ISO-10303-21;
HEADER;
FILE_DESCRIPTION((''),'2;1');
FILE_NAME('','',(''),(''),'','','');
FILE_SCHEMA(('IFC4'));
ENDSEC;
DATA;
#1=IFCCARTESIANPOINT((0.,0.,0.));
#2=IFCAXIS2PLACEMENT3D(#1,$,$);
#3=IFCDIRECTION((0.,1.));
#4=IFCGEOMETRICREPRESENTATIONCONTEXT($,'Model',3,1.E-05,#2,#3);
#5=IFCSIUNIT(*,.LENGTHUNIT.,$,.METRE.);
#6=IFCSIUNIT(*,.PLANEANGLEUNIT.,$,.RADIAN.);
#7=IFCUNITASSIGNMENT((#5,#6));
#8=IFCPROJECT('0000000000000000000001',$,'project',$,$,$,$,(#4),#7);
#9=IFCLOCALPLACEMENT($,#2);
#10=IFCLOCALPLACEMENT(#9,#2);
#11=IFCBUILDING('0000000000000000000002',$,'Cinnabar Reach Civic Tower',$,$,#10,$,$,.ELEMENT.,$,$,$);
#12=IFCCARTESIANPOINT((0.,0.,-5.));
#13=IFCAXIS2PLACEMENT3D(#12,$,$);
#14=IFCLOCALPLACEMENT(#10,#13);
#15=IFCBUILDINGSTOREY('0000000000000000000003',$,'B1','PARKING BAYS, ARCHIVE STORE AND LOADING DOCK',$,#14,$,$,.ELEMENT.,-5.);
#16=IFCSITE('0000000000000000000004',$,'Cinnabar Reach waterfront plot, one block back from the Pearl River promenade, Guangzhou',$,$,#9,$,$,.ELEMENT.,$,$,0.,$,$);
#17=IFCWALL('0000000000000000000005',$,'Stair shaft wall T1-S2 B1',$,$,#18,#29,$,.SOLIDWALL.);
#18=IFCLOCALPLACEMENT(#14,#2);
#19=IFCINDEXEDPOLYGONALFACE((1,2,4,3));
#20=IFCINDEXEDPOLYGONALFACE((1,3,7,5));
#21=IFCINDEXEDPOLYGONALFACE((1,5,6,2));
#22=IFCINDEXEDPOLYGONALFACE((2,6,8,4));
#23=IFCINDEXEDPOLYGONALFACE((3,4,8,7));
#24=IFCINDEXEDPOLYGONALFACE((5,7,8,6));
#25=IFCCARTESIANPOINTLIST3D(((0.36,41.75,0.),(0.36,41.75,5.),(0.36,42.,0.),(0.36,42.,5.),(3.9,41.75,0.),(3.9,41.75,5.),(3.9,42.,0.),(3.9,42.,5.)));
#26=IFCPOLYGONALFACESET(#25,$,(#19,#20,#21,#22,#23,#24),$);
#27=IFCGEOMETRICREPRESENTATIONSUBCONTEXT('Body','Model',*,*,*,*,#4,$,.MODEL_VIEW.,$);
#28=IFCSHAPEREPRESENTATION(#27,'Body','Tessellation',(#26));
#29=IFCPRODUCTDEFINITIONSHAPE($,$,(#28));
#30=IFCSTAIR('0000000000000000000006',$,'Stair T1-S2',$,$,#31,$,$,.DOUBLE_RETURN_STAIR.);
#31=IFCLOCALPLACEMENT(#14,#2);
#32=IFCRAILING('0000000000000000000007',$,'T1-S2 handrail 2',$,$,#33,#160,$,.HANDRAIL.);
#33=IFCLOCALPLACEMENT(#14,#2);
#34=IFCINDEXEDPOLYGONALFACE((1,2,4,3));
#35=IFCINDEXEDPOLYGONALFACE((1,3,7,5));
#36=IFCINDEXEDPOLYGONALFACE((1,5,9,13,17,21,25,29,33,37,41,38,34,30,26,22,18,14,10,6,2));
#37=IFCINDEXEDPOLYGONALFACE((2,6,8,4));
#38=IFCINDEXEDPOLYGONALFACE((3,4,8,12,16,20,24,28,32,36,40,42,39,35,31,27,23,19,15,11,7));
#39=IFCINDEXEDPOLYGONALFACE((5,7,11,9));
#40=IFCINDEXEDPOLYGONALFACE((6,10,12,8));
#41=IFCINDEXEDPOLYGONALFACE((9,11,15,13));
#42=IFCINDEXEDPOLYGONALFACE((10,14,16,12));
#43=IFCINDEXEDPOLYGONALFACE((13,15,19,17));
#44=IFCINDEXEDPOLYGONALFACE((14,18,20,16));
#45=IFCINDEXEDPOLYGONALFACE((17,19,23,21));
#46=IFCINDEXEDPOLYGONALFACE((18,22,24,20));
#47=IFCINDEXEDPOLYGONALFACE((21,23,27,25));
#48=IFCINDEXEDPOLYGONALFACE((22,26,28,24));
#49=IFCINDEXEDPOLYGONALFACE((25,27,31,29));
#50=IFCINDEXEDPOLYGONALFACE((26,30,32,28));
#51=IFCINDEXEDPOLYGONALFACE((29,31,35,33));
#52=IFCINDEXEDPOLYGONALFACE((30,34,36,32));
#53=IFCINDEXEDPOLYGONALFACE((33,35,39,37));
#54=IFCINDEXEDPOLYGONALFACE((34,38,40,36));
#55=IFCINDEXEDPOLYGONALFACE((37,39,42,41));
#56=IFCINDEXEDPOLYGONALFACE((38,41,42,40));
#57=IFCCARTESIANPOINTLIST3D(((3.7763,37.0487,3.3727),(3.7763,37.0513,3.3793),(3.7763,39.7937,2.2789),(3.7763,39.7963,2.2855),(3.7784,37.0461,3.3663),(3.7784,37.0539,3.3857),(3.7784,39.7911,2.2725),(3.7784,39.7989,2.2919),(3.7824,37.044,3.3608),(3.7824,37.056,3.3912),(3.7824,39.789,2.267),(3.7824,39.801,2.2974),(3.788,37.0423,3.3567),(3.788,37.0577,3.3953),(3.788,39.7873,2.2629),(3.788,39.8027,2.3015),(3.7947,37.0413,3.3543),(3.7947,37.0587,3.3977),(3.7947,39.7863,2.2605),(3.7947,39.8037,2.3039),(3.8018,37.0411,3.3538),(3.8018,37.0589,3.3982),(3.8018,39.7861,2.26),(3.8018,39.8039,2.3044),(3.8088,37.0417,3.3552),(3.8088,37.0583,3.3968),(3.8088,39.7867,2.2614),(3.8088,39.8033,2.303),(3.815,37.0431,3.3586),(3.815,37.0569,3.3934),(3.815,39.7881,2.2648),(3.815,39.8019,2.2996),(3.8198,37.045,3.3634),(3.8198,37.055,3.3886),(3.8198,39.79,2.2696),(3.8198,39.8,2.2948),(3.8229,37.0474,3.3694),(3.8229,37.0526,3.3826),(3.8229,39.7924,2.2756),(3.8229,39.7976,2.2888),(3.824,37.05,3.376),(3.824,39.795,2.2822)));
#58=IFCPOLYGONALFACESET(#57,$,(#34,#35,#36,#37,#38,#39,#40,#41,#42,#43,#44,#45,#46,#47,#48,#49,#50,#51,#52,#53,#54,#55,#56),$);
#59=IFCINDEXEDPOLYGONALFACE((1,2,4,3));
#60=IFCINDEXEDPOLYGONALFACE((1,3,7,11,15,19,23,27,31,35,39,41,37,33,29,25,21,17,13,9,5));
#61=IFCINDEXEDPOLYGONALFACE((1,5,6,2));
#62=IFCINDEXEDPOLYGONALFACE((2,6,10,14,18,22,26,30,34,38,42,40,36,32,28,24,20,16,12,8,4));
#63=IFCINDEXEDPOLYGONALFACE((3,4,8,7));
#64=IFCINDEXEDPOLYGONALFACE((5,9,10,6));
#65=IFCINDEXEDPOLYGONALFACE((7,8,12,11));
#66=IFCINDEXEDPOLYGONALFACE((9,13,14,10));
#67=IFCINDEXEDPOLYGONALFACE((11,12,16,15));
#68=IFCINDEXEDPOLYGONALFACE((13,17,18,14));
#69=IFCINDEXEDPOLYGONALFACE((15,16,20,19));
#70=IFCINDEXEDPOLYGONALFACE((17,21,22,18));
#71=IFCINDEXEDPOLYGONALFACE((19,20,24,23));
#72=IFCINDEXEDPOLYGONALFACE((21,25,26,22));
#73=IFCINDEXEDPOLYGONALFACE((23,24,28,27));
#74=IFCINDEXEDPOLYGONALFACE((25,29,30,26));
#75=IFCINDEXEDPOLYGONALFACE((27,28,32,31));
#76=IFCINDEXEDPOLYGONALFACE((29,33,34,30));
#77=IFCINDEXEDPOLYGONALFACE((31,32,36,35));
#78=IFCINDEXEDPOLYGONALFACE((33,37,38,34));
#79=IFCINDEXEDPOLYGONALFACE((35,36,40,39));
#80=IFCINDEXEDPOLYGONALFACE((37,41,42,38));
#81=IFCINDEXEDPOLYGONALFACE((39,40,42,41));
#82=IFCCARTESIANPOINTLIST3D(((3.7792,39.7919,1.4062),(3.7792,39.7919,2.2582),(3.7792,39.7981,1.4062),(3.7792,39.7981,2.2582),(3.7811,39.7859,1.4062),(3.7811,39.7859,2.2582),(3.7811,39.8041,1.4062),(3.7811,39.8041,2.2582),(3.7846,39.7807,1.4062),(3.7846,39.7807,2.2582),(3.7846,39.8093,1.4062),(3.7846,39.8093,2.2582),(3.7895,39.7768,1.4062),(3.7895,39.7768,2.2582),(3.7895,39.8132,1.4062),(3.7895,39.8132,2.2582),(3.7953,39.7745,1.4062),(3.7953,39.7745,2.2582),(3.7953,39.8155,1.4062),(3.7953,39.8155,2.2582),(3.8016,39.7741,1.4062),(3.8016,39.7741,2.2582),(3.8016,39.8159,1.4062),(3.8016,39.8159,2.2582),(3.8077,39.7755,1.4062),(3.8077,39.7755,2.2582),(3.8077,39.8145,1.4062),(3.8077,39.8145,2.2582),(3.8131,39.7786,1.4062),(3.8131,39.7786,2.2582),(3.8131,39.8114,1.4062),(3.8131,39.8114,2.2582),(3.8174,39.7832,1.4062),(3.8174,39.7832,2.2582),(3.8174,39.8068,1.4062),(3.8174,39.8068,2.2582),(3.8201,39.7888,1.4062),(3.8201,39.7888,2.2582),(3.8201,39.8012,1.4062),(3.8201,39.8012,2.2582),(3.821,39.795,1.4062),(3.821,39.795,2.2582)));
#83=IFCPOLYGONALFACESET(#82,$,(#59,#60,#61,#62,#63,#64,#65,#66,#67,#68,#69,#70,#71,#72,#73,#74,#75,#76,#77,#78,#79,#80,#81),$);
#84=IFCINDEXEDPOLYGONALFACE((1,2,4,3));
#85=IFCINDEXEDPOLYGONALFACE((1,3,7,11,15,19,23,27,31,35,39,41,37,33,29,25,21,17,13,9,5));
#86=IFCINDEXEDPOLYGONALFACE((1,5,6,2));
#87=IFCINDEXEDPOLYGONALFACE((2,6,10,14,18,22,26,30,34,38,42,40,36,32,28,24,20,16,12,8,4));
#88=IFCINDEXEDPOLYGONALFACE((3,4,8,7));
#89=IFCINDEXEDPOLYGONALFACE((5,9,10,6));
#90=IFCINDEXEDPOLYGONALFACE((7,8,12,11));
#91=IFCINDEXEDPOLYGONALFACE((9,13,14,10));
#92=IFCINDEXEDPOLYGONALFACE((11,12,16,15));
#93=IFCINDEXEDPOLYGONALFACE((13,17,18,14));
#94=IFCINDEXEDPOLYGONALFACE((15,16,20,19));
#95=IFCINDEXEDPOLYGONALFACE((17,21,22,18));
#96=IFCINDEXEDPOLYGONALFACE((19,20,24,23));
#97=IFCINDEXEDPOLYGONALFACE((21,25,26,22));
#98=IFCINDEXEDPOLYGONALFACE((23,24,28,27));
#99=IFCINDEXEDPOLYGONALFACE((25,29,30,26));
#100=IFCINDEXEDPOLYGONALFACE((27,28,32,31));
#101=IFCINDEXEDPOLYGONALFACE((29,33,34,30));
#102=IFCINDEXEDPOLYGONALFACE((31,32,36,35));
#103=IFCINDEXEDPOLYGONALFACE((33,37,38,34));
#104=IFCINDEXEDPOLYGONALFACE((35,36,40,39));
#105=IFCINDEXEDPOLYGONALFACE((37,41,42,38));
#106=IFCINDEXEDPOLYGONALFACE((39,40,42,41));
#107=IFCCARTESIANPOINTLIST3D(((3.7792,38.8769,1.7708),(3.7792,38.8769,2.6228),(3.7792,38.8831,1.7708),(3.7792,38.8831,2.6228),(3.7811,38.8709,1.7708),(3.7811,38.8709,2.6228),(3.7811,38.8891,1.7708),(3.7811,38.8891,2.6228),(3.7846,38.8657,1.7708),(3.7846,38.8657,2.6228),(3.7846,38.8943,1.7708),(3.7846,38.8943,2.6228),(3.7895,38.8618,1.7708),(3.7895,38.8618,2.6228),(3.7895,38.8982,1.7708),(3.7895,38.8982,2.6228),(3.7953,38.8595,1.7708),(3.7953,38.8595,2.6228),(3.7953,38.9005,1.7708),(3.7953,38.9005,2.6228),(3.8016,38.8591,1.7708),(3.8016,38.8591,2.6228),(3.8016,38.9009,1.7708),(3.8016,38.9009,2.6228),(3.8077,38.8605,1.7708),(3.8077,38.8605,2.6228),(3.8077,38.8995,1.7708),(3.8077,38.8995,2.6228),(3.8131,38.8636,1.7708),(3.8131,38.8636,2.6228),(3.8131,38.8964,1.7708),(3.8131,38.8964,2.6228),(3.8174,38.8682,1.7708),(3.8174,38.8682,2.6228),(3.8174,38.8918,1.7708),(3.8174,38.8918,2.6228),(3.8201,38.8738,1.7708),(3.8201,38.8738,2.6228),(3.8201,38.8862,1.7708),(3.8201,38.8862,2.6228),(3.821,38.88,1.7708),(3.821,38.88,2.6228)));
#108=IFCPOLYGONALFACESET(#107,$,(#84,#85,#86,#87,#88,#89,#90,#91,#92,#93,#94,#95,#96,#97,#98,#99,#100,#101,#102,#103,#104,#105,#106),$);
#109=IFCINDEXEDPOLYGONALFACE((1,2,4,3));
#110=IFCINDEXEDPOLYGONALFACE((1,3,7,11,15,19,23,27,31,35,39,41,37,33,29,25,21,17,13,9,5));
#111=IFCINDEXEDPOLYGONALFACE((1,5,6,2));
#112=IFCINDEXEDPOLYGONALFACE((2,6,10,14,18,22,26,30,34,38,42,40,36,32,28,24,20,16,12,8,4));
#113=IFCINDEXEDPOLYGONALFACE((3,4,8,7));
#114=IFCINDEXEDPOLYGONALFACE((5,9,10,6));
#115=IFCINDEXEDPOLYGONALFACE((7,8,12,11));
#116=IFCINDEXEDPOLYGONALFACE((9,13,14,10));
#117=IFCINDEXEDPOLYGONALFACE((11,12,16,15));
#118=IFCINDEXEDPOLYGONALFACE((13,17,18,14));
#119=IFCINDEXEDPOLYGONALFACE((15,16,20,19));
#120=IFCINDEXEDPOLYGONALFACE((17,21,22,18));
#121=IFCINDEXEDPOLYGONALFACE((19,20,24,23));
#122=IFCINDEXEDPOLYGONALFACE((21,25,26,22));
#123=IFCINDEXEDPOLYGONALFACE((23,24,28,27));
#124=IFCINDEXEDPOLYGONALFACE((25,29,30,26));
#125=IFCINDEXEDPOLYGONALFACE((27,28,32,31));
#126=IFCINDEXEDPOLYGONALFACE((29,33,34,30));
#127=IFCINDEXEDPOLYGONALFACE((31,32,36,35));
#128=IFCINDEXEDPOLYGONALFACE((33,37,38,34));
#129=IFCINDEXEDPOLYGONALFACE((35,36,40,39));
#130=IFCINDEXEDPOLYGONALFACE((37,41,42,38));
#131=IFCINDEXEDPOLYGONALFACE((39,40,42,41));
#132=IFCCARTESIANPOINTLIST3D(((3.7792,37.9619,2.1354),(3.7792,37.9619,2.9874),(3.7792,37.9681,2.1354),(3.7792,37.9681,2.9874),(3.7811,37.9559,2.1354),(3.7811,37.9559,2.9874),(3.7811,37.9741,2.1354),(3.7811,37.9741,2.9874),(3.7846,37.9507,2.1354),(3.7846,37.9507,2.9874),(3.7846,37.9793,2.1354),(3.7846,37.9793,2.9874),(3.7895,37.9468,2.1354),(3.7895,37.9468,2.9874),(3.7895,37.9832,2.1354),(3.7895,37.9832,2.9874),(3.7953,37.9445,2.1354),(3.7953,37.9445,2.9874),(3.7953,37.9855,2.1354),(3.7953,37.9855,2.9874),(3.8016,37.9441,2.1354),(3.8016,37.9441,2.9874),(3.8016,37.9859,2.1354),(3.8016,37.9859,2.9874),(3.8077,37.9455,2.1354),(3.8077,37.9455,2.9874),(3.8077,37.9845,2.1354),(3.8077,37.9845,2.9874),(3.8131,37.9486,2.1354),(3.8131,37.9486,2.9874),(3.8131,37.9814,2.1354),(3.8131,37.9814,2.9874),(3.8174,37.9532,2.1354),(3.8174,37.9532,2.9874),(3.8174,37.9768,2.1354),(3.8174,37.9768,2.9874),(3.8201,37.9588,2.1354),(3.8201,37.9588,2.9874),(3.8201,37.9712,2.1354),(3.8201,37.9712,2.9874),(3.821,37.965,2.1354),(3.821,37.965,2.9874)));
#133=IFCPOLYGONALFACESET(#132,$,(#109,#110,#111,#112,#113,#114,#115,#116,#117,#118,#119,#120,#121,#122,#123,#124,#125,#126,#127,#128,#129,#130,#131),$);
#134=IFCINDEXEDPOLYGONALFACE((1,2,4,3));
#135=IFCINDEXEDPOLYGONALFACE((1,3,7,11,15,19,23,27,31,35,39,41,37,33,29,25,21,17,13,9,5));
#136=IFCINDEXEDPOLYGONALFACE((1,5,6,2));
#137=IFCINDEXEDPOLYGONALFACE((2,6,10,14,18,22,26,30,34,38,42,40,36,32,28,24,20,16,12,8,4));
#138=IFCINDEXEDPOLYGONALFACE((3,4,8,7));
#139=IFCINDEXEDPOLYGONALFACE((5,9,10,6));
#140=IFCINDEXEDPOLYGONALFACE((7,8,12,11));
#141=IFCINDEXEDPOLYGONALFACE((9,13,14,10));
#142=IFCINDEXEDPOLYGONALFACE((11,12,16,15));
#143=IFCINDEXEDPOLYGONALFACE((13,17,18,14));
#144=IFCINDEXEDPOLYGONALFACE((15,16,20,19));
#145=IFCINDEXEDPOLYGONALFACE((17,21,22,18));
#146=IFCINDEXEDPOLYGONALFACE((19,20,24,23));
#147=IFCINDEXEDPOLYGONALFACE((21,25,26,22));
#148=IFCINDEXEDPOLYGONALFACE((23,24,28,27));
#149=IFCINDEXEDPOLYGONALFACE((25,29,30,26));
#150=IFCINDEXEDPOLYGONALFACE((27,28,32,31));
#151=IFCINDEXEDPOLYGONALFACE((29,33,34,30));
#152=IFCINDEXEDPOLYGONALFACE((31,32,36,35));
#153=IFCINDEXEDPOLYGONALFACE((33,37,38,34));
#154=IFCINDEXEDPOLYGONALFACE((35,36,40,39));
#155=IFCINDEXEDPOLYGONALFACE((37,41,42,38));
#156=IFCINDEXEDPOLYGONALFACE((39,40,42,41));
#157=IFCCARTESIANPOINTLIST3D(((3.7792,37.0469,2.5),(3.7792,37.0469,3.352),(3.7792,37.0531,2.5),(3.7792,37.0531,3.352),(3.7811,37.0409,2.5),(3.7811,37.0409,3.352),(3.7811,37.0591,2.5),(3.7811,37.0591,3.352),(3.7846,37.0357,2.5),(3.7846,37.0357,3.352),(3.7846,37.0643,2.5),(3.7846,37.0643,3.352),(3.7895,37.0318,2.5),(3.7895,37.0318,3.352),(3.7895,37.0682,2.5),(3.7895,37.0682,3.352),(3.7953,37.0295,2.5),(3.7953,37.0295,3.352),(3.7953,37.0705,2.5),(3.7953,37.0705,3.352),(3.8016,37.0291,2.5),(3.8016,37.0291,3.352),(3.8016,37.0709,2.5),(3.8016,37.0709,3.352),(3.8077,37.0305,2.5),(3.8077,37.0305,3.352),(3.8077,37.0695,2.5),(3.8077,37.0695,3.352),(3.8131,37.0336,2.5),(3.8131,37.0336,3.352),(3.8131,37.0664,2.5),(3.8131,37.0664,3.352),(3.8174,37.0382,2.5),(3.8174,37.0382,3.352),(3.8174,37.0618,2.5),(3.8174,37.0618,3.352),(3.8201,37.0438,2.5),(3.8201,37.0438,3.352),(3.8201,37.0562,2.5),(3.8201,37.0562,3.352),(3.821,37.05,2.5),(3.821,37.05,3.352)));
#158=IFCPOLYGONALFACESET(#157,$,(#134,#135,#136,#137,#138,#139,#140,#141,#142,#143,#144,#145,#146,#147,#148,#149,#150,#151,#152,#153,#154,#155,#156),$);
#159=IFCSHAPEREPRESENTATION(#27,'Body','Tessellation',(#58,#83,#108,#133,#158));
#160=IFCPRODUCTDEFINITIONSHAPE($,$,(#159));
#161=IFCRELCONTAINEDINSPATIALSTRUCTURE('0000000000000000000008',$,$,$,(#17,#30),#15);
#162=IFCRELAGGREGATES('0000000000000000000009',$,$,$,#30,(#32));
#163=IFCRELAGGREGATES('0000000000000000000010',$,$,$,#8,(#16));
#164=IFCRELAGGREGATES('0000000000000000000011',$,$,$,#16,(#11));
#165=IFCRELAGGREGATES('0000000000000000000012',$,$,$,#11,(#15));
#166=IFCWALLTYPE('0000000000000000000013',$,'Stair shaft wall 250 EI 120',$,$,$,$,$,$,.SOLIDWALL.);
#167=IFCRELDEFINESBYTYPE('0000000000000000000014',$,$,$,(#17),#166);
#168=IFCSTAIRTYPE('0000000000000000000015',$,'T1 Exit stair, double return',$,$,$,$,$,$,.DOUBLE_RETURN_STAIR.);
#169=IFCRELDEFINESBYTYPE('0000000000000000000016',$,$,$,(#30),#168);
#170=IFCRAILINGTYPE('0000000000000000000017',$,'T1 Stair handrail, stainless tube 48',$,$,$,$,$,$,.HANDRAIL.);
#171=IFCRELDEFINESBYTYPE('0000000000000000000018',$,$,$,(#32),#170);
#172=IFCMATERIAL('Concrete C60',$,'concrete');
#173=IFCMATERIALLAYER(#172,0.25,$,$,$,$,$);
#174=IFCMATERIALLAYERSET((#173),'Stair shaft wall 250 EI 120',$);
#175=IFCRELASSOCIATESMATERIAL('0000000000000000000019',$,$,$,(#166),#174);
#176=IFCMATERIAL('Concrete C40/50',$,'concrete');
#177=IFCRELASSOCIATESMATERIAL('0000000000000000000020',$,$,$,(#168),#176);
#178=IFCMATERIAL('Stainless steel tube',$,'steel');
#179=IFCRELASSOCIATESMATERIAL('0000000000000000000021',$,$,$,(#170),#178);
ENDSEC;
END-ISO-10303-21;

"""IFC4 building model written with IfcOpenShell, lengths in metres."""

from ifc_helpers import new_model, si_unit, direction, frame, frame_2d, origin, origin_2d, place, context, subcontext, project, spatial, rectangle, circle, extrude, material, layer, layer_set, type_object, element, aggregate, save


model = new_model("IFC4")

# Units and contexts
model_context = context("Model", 3, precision=1e-05, world=origin(), true_north=direction((0.0, 1.0)))
body_context = subcontext(model_context, "Body", "Model", "MODEL_VIEW")
ifc_project = project(units=[si_unit("LENGTHUNIT", "METRE"), si_unit("PLANEANGLEUNIT", "RADIAN")], contexts=[model_context])

# Site, building, storey
site_placement = place(None, origin())
site = spatial("IfcSite", under=ifc_project, at=site_placement, Name="Cinnabar Reach waterfront plot, one block back from the Pearl River promenade, Guangzhou", CompositionType="ELEMENT", RefElevation=0.0)
building_placement = place(site_placement, origin())
building = spatial("IfcBuilding", under=site, at=building_placement, Name="Cinnabar Reach Civic Tower", CompositionType="ELEMENT")
storey_placement = place(building_placement, frame((0.0, 0.0, -5.0)))
storey = spatial("IfcBuildingStorey", under=building, at=storey_placement, Name="B1", Description="PARKING BAYS, ARCHIVE STORE AND LOADING DOCK", CompositionType="ELEMENT", Elevation=-5.0)

# Wall
ifc_material_1 = material(Name="Concrete C60", Category="concrete")
ifc_layer_1 = layer(ifc_material_1, 0.25)
ifc_layer_set_1 = layer_set([ifc_layer_1], Name="Stair shaft wall 250 EI 120")
wall_type_1 = type_object("IfcWallType", Name="Stair shaft wall 250 EI 120", PredefinedType="SOLIDWALL", material=ifc_layer_set_1)
wall_1_placement = place(storey_placement, frame((3.9, 41.875, 0.0), z_axis=(0.0, 0.0, 1.0), x_axis=(-1.0, 0.0, 0.0)))
element("IfcWall", 1, at=wall_1_placement, inside=storey, type_object=wall_type_1, Name="Stair shaft wall T1-S2 B1", PredefinedType="SOLIDWALL", context=body_context, shape_type="SweptSolid", body=[
    extrude(rectangle(XDim=3.54, YDim=0.25, at=frame_2d((1.77, 0.0))), origin(), (0.0, 0.0, 1.0), 5.0),
])

# Stair, railing
ifc_material_2 = material(Name="Concrete C40/50", Category="concrete")
stair_type = type_object("IfcStairType", Name="T1 Exit stair, double return", PredefinedType="DOUBLE_RETURN_STAIR", material=ifc_material_2)
stair_placement = place(storey_placement, origin())
stair = element("IfcStair", 2, at=stair_placement, inside=storey, type_object=stair_type, Name="Stair T1-S2", PredefinedType="DOUBLE_RETURN_STAIR")
ifc_material_3 = material(Name="Stainless steel tube", Category="steel")
railing_type = type_object("IfcRailingType", Name="T1 Stair handrail, stainless tube 48", PredefinedType="HANDRAIL", material=ifc_material_3)
railing_1_placement = place(storey_placement, frame((3.8, 39.795, 1.4062)))
railing_1 = element("IfcRailing", 3, at=railing_1_placement, type_object=railing_type, Name="T1-S2 handrail 2", PredefinedType="HANDRAIL", context=body_context, shape_type="SweptSolid", body=[
    extrude(circle(Radius=0.024, at=origin_2d()), frame((0.0, 0.0, 0.876), z_axis=(0.0, -0.928966, 0.370165), x_axis=(1.0, 0.0, 0.0)), (0.0, 0.0, 1.0), 2.9549),
    extrude(circle(Radius=0.021, at=origin_2d()), origin(), (0.0, 0.0, 1.0), 0.852),
    extrude(circle(Radius=0.021, at=origin_2d()), frame((0.0, -0.915, 0.3646)), (0.0, 0.0, 1.0), 0.852),
    extrude(circle(Radius=0.021, at=origin_2d()), frame((0.0, -1.83, 0.7292)), (0.0, 0.0, 1.0), 0.852),
    extrude(circle(Radius=0.021, at=origin_2d()), frame((0.0, -2.745, 1.0938)), (0.0, 0.0, 1.0), 0.852),
])
aggregate(stair, [railing_1])

save(model, "model.ifc")
